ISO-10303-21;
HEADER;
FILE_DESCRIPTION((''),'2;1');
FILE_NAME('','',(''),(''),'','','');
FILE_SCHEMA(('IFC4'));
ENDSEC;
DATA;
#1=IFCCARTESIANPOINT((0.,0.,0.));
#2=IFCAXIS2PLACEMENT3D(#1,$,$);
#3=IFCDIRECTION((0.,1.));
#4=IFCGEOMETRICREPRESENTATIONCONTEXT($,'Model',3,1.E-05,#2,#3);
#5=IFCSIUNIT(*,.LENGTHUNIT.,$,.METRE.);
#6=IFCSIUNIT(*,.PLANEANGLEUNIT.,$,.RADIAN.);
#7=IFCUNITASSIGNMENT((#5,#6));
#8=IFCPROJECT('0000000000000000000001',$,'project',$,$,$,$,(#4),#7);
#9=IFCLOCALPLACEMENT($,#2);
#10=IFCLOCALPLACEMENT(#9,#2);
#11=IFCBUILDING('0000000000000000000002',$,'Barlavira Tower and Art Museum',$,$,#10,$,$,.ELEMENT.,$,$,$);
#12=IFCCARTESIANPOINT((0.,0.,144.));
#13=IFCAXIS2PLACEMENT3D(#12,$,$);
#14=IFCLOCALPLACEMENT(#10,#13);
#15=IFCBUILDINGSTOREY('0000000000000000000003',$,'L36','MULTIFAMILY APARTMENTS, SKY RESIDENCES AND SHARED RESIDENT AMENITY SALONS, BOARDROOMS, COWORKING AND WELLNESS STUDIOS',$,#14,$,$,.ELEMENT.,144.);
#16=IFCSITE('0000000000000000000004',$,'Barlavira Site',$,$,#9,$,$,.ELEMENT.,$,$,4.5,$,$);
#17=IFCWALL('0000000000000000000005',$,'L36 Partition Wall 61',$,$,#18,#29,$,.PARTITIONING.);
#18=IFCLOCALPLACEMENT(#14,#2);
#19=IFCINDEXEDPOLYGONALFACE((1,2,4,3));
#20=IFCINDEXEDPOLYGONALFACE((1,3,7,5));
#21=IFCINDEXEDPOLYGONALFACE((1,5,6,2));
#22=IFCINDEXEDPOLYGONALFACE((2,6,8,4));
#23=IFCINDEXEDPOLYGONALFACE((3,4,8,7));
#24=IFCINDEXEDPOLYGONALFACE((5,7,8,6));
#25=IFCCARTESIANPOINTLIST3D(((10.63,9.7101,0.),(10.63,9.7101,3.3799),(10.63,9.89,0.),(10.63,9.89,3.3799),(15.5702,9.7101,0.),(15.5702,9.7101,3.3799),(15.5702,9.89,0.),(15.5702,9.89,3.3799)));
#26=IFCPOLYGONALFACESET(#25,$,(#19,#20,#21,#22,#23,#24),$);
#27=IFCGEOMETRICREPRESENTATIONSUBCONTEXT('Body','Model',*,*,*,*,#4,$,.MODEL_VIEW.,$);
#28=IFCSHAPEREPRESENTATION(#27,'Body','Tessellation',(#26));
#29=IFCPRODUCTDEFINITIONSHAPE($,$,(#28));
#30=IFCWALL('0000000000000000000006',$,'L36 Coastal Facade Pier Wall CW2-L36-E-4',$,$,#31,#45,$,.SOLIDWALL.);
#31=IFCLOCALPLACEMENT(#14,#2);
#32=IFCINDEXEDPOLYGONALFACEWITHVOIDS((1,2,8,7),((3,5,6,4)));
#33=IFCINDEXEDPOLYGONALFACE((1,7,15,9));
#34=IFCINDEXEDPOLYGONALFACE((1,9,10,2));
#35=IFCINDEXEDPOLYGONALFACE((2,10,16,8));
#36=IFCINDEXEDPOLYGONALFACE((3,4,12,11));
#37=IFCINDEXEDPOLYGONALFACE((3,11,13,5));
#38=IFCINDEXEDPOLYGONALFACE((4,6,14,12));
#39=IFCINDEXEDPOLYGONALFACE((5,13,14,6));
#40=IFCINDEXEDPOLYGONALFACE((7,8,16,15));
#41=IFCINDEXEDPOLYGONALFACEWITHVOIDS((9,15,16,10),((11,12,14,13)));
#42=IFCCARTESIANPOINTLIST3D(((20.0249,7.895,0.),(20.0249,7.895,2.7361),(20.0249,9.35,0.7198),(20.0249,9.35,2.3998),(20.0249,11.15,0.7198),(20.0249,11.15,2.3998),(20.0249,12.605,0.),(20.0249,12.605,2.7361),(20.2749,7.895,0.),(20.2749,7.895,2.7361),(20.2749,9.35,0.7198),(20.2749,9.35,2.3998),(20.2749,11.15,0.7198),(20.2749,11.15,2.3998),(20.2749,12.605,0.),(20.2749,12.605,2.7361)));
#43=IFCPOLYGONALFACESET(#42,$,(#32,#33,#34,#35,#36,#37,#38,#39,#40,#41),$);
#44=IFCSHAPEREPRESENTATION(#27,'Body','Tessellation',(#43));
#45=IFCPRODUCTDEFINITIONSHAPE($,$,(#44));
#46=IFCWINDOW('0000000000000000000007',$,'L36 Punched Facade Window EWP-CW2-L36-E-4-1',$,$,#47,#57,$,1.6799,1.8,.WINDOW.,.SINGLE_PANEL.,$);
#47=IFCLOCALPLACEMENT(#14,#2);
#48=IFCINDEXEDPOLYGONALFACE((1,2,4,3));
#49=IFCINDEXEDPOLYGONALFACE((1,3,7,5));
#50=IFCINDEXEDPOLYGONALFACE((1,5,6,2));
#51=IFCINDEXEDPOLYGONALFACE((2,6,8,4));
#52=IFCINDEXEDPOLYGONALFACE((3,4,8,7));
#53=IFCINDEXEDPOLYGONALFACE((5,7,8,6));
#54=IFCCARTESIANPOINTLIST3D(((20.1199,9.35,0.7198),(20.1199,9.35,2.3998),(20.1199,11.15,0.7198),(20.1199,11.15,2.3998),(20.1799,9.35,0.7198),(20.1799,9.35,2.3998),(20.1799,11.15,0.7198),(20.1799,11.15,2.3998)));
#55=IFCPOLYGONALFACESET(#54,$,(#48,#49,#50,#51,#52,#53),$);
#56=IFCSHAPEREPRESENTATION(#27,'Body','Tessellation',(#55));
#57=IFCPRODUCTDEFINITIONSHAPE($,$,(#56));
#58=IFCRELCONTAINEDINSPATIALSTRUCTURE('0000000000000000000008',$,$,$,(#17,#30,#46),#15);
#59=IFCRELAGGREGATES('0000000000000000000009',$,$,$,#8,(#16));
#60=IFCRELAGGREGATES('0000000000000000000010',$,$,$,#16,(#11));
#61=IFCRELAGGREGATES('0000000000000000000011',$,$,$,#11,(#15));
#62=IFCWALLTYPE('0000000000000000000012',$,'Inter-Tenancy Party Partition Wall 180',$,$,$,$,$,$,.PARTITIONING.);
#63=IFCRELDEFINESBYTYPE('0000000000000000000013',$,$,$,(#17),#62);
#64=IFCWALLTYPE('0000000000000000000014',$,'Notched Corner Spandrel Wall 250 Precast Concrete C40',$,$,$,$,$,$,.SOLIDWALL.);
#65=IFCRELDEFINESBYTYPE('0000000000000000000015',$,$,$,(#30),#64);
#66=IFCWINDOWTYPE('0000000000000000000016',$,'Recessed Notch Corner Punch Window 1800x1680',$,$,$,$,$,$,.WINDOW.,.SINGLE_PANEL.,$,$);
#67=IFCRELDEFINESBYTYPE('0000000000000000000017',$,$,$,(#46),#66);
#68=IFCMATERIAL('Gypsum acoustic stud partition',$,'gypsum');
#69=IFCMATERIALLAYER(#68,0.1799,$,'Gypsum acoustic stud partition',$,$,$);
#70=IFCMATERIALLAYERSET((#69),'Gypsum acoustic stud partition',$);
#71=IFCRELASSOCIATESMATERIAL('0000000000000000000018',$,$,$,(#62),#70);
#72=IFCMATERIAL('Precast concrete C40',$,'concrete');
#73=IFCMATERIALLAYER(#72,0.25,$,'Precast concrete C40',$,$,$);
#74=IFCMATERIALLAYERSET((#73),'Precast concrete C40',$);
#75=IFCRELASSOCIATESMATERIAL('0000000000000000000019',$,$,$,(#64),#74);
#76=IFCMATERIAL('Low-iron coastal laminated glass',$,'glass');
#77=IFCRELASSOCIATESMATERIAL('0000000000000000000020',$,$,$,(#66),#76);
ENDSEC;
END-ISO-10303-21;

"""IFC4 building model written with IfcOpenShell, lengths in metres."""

from ifc_helpers import new_model, si_unit, direction, frame, frame_2d, origin, place, context, subcontext, project, spatial, rectangle, extrude, material, layer, layer_set, type_object, element, fill, save


model = new_model("IFC4")

# Units and contexts
model_context = context("Model", 3, precision=1e-05, world=origin(), true_north=direction((0.0, 1.0)))
body_context = subcontext(model_context, "Body", "Model", "MODEL_VIEW")
ifc_project = project(units=[si_unit("LENGTHUNIT", "METRE"), si_unit("PLANEANGLEUNIT", "RADIAN")], contexts=[model_context])

# Site, building, storey
site_placement = place(None, origin())
site = spatial("IfcSite", under=ifc_project, at=site_placement, Name="Barlavira Site", CompositionType="ELEMENT", RefElevation=4.5)
building_placement = place(site_placement, origin())
building = spatial("IfcBuilding", under=site, at=building_placement, Name="Barlavira Tower and Art Museum", CompositionType="ELEMENT")
storey_placement = place(building_placement, frame((0.0, 0.0, 144.0)))
storey = spatial("IfcBuildingStorey", under=building, at=storey_placement, Name="L36", Description="MULTIFAMILY APARTMENTS, SKY RESIDENCES AND SHARED RESIDENT AMENITY SALONS, BOARDROOMS, COWORKING AND WELLNESS STUDIOS", CompositionType="ELEMENT", Elevation=144.0)

# Shared definitions
ifc_material_1 = material(Name="Low-iron coastal laminated glass", Category="glass")

# Shared definitions
ifc_material_2 = material(Name="Gypsum acoustic stud partition", Category="gypsum")

# Wall
ifc_layer_1 = layer(ifc_material_2, 0.1799, Name="Gypsum acoustic stud partition")
ifc_layer_set_1 = layer_set([ifc_layer_1], Name="Gypsum acoustic stud partition")
wall_type_1 = type_object("IfcWallType", Name="Inter-Tenancy Party Partition Wall 180", PredefinedType="PARTITIONING", material=ifc_layer_set_1)
wall_1_placement = place(storey_placement, frame((10.6299, 9.8, 0.0), z_axis=(0.0, 0.0, 1.0), x_axis=(1.0, 0.0, 0.0)))
element("IfcWall", 1, at=wall_1_placement, inside=storey, type_object=wall_type_1, Name="L36 Partition Wall 61", PredefinedType="PARTITIONING", context=body_context, shape_type="SweptSolid", body=[
    extrude(rectangle(XDim=4.9402, YDim=0.1799, at=frame_2d((2.4702, 0.0))), origin(), (0.0, 0.0, 1.0), 3.3799),
])

# Wall, opening, window
ifc_material_3 = material(Name="Precast concrete C40", Category="concrete")
ifc_layer_2 = layer(ifc_material_3, 0.25, Name="Precast concrete C40")
ifc_layer_set_2 = layer_set([ifc_layer_2], Name="Precast concrete C40")
wall_type_2 = type_object("IfcWallType", Name="Notched Corner Spandrel Wall 250 Precast Concrete C40", PredefinedType="SOLIDWALL", material=ifc_layer_set_2)
wall_2_placement = place(storey_placement, frame((20.1499, 7.895, 0.0), z_axis=(0.0, 0.0, 1.0), x_axis=(0.0, 1.0, 0.0)))
wall_2 = element("IfcWall", 2, at=wall_2_placement, inside=storey, type_object=wall_type_2, Name="L36 Coastal Facade Pier Wall CW2-L36-E-4", PredefinedType="SOLIDWALL", context=body_context, shape_type="SweptSolid", body=[
    extrude(rectangle(XDim=4.71, YDim=0.25, at=frame_2d((2.355, 0.0))), origin(), (0.0, 0.0, 1.0), 2.7361),
])
opening_1_placement = place(wall_2_placement, frame((1.4551, 0.0, 0.72)))
opening_1 = element("IfcOpeningElement", 3, at=opening_1_placement, cuts=wall_2, PredefinedType="OPENING", context=body_context, shape_type="SweptSolid", body=[
    extrude(rectangle(XDim=1.8, YDim=1.6799, at=frame_2d((0.8999, 0.8398))), frame((0.0, 0.135, 0.0), z_axis=(0.0, -1.0, 0.0), x_axis=(1.0, 0.0, 0.0)), (0.0, 0.0, 1.0), 0.27),
])
window_type = type_object("IfcWindowType", Name="Recessed Notch Corner Punch Window 1800x1680", PartitioningType="SINGLE_PANEL", PredefinedType="WINDOW", material=ifc_material_1)
window_placement = place(opening_1_placement, origin())
window = element("IfcWindow", 4, at=window_placement, inside=storey, type_object=window_type, Name="L36 Punched Facade Window EWP-CW2-L36-E-4-1", OverallHeight=1.6799, OverallWidth=1.8, PartitioningType="SINGLE_PANEL", PredefinedType="WINDOW", context=body_context, shape_type="SweptSolid", body=[
    extrude(rectangle(XDim=1.8, YDim=1.6799, at=frame_2d((0.8999, 0.8398))), frame((0.0, 0.03, 0.0), z_axis=(0.0, -1.0, 0.0), x_axis=(1.0, 0.0, 0.0)), (0.0, 0.0, 1.0), 0.0601),
])
fill(opening_1, window)

save(model, "model.ifc")
